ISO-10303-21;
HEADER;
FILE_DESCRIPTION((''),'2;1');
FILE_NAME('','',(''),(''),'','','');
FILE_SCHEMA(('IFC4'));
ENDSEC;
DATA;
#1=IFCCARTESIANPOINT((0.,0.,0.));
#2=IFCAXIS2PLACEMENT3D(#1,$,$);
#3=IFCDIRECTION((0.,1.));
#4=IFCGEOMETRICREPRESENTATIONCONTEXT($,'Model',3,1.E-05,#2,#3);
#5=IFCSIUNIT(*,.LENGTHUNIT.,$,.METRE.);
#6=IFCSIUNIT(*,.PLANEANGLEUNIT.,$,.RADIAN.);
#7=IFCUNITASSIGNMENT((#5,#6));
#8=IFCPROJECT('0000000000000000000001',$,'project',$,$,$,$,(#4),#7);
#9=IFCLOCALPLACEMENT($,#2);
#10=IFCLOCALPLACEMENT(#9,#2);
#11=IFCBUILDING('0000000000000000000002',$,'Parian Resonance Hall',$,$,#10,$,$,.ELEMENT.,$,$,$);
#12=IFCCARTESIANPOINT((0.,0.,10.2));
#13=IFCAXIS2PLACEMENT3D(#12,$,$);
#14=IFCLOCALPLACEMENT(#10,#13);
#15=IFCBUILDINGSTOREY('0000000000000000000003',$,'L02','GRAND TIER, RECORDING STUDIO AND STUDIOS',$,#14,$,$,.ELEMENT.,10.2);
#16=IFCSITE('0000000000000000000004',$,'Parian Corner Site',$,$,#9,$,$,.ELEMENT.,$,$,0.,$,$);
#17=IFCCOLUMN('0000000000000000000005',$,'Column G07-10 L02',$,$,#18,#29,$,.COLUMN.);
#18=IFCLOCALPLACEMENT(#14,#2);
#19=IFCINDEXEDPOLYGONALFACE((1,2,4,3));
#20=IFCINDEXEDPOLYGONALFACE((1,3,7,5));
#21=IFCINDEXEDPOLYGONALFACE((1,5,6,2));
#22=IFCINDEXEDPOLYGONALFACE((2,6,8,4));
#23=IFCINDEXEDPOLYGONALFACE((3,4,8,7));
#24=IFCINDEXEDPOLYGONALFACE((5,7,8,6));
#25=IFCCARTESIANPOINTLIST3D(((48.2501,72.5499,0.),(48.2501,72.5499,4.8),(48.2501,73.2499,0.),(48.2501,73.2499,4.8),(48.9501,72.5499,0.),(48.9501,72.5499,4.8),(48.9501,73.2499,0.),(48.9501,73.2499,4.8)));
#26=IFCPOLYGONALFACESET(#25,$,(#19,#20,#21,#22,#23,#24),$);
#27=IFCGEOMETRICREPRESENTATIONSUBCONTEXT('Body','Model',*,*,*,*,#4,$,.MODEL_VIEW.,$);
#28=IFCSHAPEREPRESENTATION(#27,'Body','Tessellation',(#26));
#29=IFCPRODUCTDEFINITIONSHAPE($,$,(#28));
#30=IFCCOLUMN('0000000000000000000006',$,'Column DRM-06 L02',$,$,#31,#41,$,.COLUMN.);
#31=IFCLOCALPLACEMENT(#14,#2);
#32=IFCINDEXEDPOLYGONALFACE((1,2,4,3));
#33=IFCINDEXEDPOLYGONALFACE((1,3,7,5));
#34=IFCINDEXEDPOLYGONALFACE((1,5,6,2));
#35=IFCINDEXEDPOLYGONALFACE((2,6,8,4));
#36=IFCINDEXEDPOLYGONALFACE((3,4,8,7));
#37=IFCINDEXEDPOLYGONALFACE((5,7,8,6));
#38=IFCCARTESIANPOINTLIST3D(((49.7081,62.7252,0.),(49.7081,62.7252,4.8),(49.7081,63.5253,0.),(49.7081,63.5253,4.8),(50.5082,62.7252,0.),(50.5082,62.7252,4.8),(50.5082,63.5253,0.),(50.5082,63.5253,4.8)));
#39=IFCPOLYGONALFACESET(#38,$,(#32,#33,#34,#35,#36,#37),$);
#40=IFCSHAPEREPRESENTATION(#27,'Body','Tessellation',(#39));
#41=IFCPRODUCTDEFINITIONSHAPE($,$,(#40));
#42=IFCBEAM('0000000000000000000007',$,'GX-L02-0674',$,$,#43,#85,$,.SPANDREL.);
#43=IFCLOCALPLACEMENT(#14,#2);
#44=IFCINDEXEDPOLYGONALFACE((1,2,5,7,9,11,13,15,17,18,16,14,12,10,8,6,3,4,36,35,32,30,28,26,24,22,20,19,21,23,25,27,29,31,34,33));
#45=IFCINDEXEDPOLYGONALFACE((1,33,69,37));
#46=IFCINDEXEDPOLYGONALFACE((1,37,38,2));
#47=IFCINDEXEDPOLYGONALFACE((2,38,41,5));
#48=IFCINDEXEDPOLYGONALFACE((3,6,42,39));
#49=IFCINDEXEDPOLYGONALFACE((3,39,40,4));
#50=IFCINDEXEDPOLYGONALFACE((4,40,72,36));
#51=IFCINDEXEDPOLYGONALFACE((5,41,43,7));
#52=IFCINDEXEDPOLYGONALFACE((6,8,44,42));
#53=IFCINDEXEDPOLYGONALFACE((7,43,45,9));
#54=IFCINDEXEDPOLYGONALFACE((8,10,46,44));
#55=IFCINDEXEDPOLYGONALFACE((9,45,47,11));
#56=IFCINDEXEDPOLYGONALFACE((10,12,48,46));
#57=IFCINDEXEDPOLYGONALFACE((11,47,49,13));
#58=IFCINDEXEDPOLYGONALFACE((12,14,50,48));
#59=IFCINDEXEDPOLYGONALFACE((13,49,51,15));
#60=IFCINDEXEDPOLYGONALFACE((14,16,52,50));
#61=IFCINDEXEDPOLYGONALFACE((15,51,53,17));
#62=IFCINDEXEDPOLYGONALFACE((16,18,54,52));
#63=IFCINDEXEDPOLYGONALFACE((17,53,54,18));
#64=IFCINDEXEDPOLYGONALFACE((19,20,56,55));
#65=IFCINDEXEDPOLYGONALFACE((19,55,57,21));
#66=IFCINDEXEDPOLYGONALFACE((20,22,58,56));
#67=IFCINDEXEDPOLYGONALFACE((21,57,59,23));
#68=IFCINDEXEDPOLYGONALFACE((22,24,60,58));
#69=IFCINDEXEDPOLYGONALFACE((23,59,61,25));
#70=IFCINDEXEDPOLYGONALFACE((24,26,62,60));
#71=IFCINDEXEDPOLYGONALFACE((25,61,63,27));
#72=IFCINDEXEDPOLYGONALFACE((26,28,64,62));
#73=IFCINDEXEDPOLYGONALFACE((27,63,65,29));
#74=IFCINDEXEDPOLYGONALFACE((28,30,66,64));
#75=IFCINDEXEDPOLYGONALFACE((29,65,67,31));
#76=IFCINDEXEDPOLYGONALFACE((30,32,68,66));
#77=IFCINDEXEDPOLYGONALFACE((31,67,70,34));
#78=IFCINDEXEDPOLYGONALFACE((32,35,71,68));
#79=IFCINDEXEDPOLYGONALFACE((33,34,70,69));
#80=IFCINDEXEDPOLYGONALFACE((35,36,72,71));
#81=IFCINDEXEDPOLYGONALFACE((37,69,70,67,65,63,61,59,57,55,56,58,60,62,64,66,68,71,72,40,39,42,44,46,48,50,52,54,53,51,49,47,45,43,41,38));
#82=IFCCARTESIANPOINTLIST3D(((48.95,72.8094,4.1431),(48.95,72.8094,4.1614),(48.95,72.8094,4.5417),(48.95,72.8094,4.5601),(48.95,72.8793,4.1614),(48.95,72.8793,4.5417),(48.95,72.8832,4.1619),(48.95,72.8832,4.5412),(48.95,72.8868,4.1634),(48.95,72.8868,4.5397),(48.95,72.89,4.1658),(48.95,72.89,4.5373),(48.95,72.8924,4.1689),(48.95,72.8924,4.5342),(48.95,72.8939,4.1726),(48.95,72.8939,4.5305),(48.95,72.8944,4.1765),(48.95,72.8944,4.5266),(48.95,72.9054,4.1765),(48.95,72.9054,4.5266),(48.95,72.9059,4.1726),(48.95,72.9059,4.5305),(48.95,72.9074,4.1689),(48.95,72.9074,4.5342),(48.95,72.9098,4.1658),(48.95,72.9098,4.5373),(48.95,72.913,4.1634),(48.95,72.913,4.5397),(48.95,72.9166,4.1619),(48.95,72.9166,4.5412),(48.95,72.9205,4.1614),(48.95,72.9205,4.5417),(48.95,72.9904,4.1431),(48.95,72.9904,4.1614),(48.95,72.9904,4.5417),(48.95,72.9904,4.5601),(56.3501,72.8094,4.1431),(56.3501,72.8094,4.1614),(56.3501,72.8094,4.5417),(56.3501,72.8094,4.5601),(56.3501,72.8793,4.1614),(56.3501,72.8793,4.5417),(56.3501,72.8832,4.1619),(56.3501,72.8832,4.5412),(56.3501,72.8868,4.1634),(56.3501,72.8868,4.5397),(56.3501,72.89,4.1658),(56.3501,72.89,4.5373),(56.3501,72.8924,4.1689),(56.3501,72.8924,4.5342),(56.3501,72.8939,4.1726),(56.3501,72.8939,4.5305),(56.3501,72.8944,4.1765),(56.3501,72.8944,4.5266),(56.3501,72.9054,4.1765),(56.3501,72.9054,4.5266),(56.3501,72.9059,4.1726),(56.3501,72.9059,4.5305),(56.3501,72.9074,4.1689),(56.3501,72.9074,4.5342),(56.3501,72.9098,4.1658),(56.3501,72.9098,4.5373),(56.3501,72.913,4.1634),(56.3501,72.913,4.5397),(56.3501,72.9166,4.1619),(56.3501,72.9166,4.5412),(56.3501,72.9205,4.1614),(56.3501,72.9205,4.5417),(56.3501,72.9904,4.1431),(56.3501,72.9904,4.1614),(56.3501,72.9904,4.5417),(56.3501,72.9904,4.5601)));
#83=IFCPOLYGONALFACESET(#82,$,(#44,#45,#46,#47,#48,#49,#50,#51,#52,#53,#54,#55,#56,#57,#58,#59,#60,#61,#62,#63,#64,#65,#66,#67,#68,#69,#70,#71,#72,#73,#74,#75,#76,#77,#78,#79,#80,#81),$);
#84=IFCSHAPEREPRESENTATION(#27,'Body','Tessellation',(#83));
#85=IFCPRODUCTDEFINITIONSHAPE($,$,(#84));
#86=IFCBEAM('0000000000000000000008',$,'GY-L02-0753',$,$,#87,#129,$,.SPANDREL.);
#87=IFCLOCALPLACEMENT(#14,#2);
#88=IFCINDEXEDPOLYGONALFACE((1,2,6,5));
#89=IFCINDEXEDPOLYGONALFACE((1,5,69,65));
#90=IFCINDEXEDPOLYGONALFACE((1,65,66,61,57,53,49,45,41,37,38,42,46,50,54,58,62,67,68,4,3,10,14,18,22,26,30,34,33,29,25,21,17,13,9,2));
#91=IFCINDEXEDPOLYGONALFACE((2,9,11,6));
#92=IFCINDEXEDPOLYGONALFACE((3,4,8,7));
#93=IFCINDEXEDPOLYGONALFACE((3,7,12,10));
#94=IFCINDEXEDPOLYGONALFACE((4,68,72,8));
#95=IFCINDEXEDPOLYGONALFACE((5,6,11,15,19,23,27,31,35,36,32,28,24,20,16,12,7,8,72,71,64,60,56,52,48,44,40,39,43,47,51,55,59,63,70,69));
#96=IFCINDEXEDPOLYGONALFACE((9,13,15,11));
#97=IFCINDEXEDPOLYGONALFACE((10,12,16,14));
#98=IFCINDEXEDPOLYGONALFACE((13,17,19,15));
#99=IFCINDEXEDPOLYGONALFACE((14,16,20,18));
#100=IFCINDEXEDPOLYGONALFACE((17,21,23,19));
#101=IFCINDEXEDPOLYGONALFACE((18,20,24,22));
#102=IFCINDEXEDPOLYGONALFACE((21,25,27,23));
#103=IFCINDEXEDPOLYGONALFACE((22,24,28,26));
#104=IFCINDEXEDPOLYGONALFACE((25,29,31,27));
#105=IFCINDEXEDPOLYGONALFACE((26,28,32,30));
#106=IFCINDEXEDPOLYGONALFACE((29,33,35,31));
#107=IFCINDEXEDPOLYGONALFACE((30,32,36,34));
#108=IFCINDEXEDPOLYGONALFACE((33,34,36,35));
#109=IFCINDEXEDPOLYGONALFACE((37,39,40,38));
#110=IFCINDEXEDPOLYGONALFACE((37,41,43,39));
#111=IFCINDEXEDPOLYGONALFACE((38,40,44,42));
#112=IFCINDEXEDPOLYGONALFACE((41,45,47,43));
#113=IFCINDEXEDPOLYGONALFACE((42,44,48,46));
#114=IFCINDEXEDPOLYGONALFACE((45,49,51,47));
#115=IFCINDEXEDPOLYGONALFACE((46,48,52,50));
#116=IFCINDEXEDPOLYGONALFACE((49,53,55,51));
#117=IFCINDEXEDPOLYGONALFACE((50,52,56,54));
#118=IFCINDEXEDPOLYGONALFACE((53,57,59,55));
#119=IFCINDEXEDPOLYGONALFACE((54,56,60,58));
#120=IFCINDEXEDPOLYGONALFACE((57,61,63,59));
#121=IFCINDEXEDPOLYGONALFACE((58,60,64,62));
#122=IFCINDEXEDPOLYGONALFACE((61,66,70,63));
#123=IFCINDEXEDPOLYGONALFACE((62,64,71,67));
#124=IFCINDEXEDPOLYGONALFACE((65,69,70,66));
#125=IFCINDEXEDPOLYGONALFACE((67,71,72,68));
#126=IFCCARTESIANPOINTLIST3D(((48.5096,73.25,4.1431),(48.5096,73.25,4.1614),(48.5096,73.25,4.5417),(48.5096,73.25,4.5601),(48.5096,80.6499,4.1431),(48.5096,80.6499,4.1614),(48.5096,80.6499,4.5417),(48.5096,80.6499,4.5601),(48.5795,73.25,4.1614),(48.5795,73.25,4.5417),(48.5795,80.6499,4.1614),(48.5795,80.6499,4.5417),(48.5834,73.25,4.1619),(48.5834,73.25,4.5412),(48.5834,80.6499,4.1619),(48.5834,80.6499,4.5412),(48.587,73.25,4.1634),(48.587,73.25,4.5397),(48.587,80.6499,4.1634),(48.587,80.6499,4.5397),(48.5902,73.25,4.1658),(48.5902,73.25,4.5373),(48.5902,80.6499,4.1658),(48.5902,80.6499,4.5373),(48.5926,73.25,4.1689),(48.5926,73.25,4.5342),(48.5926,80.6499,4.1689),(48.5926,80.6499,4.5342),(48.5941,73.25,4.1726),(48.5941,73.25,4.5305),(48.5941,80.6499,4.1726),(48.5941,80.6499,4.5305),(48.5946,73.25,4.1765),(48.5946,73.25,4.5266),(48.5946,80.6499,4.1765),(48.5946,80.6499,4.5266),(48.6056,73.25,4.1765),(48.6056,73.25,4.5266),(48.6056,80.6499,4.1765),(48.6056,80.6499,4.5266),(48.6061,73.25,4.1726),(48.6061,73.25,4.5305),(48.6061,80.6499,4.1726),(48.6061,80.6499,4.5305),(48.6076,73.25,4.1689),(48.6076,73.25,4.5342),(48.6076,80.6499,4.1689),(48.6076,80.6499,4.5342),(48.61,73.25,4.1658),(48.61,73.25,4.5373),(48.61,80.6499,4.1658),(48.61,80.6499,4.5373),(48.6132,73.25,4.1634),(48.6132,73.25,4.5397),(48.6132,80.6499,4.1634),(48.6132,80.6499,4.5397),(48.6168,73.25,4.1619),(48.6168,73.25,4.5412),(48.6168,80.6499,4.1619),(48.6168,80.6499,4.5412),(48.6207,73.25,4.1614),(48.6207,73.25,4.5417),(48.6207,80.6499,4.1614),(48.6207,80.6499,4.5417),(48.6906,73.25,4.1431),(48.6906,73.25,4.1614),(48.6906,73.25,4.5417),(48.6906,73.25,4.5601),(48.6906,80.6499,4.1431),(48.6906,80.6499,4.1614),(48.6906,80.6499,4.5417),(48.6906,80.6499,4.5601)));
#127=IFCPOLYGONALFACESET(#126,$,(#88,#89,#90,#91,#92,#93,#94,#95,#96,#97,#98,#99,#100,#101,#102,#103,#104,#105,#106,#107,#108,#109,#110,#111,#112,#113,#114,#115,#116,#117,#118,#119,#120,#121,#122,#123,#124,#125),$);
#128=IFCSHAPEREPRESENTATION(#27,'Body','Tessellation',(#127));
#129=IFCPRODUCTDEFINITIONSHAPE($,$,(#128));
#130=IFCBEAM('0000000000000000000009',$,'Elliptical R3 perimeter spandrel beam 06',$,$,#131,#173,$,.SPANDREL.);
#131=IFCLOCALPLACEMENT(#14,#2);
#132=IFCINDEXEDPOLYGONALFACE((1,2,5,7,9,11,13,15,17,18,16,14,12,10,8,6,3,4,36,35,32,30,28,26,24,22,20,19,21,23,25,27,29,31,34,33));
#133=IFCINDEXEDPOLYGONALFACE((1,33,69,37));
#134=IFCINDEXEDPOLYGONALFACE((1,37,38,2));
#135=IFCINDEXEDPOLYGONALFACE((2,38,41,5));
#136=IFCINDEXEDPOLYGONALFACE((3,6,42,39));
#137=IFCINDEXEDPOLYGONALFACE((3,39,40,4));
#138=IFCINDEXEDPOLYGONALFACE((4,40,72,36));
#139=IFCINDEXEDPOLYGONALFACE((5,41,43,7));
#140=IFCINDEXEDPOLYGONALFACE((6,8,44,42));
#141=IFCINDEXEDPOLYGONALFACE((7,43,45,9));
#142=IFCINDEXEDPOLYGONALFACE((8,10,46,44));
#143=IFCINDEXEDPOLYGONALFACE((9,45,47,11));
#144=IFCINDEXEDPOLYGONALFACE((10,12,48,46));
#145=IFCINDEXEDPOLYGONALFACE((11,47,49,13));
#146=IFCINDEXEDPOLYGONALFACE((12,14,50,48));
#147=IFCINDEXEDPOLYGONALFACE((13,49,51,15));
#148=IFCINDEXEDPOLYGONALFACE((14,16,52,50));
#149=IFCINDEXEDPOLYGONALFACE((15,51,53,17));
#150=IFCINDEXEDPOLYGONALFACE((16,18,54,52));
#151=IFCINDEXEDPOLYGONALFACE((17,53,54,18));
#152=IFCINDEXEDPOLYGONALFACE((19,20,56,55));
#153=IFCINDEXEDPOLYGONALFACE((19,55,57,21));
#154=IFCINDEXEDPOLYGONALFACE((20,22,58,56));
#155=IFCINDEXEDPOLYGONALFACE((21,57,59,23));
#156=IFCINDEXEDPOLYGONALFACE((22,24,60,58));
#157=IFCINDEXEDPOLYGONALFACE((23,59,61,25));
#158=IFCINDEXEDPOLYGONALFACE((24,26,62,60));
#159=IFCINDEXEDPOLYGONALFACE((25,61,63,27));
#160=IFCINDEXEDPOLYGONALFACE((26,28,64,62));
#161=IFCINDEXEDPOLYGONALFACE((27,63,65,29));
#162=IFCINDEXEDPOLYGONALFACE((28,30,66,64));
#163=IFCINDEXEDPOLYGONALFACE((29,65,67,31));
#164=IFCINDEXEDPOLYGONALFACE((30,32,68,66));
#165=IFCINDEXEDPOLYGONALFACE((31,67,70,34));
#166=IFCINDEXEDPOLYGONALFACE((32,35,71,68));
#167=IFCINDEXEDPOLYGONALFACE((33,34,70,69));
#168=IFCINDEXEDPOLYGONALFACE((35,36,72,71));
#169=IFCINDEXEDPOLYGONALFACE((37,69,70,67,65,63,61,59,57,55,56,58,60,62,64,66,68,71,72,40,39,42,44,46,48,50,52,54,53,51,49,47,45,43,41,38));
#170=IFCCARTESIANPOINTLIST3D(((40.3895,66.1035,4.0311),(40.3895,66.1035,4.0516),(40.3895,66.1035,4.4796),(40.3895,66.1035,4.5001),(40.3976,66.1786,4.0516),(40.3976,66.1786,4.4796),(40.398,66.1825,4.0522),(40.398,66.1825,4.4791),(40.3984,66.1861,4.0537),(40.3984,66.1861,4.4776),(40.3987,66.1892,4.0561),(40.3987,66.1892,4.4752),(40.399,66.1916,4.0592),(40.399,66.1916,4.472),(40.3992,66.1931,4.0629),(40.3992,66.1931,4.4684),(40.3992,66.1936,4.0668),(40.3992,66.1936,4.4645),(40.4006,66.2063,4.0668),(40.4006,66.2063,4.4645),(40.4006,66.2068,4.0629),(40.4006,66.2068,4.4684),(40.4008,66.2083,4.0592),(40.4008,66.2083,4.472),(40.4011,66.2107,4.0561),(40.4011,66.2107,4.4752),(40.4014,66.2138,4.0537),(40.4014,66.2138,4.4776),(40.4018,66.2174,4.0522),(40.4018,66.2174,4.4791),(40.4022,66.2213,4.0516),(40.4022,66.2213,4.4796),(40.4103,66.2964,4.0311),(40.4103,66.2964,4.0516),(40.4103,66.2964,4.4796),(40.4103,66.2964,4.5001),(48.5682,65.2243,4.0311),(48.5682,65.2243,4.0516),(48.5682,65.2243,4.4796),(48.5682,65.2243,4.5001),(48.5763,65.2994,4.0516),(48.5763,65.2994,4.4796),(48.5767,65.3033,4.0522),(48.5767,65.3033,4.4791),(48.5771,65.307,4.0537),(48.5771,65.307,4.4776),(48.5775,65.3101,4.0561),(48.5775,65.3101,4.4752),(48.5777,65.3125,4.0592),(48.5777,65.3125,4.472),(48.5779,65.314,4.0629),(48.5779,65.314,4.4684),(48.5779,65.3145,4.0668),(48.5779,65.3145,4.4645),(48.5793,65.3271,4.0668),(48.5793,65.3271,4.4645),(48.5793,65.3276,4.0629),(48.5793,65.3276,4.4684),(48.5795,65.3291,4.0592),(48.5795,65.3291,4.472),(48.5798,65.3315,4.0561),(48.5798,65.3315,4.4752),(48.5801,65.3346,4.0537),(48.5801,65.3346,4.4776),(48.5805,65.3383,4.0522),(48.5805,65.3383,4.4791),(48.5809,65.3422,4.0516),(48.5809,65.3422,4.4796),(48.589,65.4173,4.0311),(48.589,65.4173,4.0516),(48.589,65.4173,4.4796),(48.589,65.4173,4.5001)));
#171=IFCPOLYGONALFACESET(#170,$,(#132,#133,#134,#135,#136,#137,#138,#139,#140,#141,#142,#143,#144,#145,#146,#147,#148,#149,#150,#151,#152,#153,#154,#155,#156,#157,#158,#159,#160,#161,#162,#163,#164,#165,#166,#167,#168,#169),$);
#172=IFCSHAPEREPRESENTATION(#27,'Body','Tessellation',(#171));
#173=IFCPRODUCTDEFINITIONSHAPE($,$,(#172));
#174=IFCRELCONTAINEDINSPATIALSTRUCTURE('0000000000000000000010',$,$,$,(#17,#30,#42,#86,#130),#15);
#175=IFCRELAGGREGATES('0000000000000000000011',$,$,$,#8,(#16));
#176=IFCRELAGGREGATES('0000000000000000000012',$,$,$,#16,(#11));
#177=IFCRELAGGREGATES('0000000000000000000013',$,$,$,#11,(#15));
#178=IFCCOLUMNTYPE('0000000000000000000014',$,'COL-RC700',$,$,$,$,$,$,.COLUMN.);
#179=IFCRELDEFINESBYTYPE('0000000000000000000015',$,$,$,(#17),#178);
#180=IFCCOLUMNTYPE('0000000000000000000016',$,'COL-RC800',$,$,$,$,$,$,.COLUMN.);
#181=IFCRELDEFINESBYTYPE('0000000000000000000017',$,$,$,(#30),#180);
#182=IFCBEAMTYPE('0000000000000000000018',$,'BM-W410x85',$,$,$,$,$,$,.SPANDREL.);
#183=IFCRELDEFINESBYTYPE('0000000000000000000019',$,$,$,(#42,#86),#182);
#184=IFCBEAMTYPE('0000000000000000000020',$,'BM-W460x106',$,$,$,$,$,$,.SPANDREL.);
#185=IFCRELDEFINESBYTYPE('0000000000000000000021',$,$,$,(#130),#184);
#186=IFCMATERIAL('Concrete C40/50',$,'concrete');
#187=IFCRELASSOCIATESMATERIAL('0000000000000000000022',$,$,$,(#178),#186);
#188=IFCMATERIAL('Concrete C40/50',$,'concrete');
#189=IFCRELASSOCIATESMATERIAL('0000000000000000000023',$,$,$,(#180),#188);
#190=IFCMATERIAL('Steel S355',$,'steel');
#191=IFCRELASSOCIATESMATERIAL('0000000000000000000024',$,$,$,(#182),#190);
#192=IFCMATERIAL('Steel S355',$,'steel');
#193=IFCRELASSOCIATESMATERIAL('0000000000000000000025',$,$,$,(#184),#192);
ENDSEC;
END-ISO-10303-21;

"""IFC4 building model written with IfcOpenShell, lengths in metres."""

from ifc_helpers import new_model, si_unit, direction, frame, origin, origin_2d, place, context, subcontext, project, spatial, rectangle, i_section, extrude, material, material_profile, profile_set, type_object, element, save


model = new_model("IFC4")

# Units and contexts
model_context = context("Model", 3, precision=1e-05, world=origin(), true_north=direction((0.0, 1.0)))
body_context = subcontext(model_context, "Body", "Model", "MODEL_VIEW")
ifc_project = project(units=[si_unit("LENGTHUNIT", "METRE"), si_unit("PLANEANGLEUNIT", "RADIAN")], contexts=[model_context])

# Site, building, storey
site_placement = place(None, origin())
site = spatial("IfcSite", under=ifc_project, at=site_placement, Name="Parian Corner Site", CompositionType="ELEMENT", RefElevation=0.0)
building_placement = place(site_placement, origin())
building = spatial("IfcBuilding", under=site, at=building_placement, Name="Parian Resonance Hall", CompositionType="ELEMENT")
storey_placement = place(building_placement, frame((0.0, 0.0, 10.2)))
storey = spatial("IfcBuildingStorey", under=building, at=storey_placement, Name="L02", Description="GRAND TIER, RECORDING STUDIO AND STUDIOS", CompositionType="ELEMENT", Elevation=10.2)

# Columns
ifc_material_1 = material(Name="Concrete C40/50", Category="concrete")
ifc_material_profile_1 = material_profile(ifc_material_1, rectangle(XDim=0.7, YDim=0.7, at=origin_2d()), Name="RC-COL-700x700")
ifc_profile_set_1 = profile_set([ifc_material_profile_1], Name="Concrete C40/50")
column_type_1 = type_object("IfcColumnType", Name="COL-RC700", PredefinedType="COLUMN", material=ifc_profile_set_1)
column_1_placement = place(storey_placement, frame((48.6001, 72.8999, 0.0), z_axis=(0.0, 0.0, 1.0), x_axis=(1.0, 0.0, 0.0)))
element("IfcColumn", 1, at=column_1_placement, inside=storey, type_object=column_type_1, Name="Column G07-10 L02", PredefinedType="COLUMN", context=body_context, shape_type="SweptSolid", body=[
    extrude(rectangle(XDim=0.7, YDim=0.7, at=origin_2d()), origin(), (0.0, 0.0, 1.0), 4.8),
])
ifc_material_2 = material(Name="Concrete C40/50", Category="concrete")
ifc_material_profile_2 = material_profile(ifc_material_2, rectangle(XDim=0.8, YDim=0.8, at=origin_2d()), Name="RC-COL-800x800")
ifc_profile_set_2 = profile_set([ifc_material_profile_2], Name="Concrete C40/50")
column_type_2 = type_object("IfcColumnType", Name="COL-RC800", PredefinedType="COLUMN", material=ifc_profile_set_2)
column_2_placement = place(storey_placement, frame((50.1082, 63.1252, 0.0), z_axis=(0.0, 0.0, 1.0), x_axis=(1.0, 0.0, 0.0)))
element("IfcColumn", 2, at=column_2_placement, inside=storey, type_object=column_type_2, Name="Column DRM-06 L02", PredefinedType="COLUMN", context=body_context, shape_type="SweptSolid", body=[
    extrude(rectangle(XDim=0.8, YDim=0.8, at=origin_2d()), origin(), (0.0, 0.0, 1.0), 4.8),
])

# Beams
ifc_material_3 = material(Name="Steel S355", Category="steel")
ifc_material_profile_3 = material_profile(ifc_material_3, i_section(OverallWidth=0.1809, OverallDepth=0.417, WebThickness=0.011, FlangeThickness=0.0183, FilletRadius=0.0151, at=origin_2d()), Name="W410x85")
ifc_profile_set_3 = profile_set([ifc_material_profile_3], Name="Steel S355")
beam_type_1 = type_object("IfcBeamType", Name="BM-W410x85", PredefinedType="SPANDREL", material=ifc_profile_set_3)
beam_1_placement = place(storey_placement, frame((48.95, 72.8999, 4.3516), z_axis=(1.0, 0.0, 0.0), x_axis=(0.0, 1.0, 0.0)))
element("IfcBeam", 3, at=beam_1_placement, inside=storey, type_object=beam_type_1, Name="GX-L02-0674", PredefinedType="SPANDREL", context=body_context, shape_type="SweptSolid", body=[
    extrude(i_section(OverallWidth=0.1809, OverallDepth=0.417, WebThickness=0.011, FlangeThickness=0.0183, FilletRadius=0.0151, at=origin_2d()), origin(), (0.0, 0.0, 1.0), 7.4001),
])
beam_2_placement = place(storey_placement, frame((48.6001, 73.25, 4.3516), z_axis=(0.0, 1.0, 0.0), x_axis=(-1.0, 0.0, 0.0)))
element("IfcBeam", 4, at=beam_2_placement, inside=storey, type_object=beam_type_1, Name="GY-L02-0753", PredefinedType="SPANDREL", context=body_context, shape_type="SweptSolid", body=[
    extrude(i_section(OverallWidth=0.1809, OverallDepth=0.417, WebThickness=0.011, FlangeThickness=0.0183, FilletRadius=0.0151, at=origin_2d()), origin(), (0.0, 0.0, 1.0), 7.3999),
])
ifc_material_4 = material(Name="Steel S355", Category="steel")
ifc_material_profile_4 = material_profile(ifc_material_4, i_section(OverallWidth=0.1941, OverallDepth=0.469, WebThickness=0.0127, FlangeThickness=0.0205, FilletRadius=0.0151, at=origin_2d()), Name="W460x106")
ifc_profile_set_4 = profile_set([ifc_material_profile_4], Name="Steel S355")
beam_type_2 = type_object("IfcBeamType", Name="BM-W460x106", PredefinedType="SPANDREL", material=ifc_profile_set_4)
beam_3_placement = place(storey_placement, frame((48.5786, 65.3208, 4.2656), z_axis=(-0.994272, 0.106877, 0.0), x_axis=(-0.106877, -0.994272, 0.0)))
element("IfcBeam", 5, at=beam_3_placement, inside=storey, type_object=beam_type_2, Name="Elliptical R3 perimeter spandrel beam 06", PredefinedType="SPANDREL", context=body_context, shape_type="SweptSolid", body=[
    extrude(i_section(OverallWidth=0.1941, OverallDepth=0.469, WebThickness=0.0127, FlangeThickness=0.0205, FilletRadius=0.0151, at=origin_2d()), origin(), (0.0, 0.0, 1.0), 8.2258),
])

save(model, "model.ifc")
